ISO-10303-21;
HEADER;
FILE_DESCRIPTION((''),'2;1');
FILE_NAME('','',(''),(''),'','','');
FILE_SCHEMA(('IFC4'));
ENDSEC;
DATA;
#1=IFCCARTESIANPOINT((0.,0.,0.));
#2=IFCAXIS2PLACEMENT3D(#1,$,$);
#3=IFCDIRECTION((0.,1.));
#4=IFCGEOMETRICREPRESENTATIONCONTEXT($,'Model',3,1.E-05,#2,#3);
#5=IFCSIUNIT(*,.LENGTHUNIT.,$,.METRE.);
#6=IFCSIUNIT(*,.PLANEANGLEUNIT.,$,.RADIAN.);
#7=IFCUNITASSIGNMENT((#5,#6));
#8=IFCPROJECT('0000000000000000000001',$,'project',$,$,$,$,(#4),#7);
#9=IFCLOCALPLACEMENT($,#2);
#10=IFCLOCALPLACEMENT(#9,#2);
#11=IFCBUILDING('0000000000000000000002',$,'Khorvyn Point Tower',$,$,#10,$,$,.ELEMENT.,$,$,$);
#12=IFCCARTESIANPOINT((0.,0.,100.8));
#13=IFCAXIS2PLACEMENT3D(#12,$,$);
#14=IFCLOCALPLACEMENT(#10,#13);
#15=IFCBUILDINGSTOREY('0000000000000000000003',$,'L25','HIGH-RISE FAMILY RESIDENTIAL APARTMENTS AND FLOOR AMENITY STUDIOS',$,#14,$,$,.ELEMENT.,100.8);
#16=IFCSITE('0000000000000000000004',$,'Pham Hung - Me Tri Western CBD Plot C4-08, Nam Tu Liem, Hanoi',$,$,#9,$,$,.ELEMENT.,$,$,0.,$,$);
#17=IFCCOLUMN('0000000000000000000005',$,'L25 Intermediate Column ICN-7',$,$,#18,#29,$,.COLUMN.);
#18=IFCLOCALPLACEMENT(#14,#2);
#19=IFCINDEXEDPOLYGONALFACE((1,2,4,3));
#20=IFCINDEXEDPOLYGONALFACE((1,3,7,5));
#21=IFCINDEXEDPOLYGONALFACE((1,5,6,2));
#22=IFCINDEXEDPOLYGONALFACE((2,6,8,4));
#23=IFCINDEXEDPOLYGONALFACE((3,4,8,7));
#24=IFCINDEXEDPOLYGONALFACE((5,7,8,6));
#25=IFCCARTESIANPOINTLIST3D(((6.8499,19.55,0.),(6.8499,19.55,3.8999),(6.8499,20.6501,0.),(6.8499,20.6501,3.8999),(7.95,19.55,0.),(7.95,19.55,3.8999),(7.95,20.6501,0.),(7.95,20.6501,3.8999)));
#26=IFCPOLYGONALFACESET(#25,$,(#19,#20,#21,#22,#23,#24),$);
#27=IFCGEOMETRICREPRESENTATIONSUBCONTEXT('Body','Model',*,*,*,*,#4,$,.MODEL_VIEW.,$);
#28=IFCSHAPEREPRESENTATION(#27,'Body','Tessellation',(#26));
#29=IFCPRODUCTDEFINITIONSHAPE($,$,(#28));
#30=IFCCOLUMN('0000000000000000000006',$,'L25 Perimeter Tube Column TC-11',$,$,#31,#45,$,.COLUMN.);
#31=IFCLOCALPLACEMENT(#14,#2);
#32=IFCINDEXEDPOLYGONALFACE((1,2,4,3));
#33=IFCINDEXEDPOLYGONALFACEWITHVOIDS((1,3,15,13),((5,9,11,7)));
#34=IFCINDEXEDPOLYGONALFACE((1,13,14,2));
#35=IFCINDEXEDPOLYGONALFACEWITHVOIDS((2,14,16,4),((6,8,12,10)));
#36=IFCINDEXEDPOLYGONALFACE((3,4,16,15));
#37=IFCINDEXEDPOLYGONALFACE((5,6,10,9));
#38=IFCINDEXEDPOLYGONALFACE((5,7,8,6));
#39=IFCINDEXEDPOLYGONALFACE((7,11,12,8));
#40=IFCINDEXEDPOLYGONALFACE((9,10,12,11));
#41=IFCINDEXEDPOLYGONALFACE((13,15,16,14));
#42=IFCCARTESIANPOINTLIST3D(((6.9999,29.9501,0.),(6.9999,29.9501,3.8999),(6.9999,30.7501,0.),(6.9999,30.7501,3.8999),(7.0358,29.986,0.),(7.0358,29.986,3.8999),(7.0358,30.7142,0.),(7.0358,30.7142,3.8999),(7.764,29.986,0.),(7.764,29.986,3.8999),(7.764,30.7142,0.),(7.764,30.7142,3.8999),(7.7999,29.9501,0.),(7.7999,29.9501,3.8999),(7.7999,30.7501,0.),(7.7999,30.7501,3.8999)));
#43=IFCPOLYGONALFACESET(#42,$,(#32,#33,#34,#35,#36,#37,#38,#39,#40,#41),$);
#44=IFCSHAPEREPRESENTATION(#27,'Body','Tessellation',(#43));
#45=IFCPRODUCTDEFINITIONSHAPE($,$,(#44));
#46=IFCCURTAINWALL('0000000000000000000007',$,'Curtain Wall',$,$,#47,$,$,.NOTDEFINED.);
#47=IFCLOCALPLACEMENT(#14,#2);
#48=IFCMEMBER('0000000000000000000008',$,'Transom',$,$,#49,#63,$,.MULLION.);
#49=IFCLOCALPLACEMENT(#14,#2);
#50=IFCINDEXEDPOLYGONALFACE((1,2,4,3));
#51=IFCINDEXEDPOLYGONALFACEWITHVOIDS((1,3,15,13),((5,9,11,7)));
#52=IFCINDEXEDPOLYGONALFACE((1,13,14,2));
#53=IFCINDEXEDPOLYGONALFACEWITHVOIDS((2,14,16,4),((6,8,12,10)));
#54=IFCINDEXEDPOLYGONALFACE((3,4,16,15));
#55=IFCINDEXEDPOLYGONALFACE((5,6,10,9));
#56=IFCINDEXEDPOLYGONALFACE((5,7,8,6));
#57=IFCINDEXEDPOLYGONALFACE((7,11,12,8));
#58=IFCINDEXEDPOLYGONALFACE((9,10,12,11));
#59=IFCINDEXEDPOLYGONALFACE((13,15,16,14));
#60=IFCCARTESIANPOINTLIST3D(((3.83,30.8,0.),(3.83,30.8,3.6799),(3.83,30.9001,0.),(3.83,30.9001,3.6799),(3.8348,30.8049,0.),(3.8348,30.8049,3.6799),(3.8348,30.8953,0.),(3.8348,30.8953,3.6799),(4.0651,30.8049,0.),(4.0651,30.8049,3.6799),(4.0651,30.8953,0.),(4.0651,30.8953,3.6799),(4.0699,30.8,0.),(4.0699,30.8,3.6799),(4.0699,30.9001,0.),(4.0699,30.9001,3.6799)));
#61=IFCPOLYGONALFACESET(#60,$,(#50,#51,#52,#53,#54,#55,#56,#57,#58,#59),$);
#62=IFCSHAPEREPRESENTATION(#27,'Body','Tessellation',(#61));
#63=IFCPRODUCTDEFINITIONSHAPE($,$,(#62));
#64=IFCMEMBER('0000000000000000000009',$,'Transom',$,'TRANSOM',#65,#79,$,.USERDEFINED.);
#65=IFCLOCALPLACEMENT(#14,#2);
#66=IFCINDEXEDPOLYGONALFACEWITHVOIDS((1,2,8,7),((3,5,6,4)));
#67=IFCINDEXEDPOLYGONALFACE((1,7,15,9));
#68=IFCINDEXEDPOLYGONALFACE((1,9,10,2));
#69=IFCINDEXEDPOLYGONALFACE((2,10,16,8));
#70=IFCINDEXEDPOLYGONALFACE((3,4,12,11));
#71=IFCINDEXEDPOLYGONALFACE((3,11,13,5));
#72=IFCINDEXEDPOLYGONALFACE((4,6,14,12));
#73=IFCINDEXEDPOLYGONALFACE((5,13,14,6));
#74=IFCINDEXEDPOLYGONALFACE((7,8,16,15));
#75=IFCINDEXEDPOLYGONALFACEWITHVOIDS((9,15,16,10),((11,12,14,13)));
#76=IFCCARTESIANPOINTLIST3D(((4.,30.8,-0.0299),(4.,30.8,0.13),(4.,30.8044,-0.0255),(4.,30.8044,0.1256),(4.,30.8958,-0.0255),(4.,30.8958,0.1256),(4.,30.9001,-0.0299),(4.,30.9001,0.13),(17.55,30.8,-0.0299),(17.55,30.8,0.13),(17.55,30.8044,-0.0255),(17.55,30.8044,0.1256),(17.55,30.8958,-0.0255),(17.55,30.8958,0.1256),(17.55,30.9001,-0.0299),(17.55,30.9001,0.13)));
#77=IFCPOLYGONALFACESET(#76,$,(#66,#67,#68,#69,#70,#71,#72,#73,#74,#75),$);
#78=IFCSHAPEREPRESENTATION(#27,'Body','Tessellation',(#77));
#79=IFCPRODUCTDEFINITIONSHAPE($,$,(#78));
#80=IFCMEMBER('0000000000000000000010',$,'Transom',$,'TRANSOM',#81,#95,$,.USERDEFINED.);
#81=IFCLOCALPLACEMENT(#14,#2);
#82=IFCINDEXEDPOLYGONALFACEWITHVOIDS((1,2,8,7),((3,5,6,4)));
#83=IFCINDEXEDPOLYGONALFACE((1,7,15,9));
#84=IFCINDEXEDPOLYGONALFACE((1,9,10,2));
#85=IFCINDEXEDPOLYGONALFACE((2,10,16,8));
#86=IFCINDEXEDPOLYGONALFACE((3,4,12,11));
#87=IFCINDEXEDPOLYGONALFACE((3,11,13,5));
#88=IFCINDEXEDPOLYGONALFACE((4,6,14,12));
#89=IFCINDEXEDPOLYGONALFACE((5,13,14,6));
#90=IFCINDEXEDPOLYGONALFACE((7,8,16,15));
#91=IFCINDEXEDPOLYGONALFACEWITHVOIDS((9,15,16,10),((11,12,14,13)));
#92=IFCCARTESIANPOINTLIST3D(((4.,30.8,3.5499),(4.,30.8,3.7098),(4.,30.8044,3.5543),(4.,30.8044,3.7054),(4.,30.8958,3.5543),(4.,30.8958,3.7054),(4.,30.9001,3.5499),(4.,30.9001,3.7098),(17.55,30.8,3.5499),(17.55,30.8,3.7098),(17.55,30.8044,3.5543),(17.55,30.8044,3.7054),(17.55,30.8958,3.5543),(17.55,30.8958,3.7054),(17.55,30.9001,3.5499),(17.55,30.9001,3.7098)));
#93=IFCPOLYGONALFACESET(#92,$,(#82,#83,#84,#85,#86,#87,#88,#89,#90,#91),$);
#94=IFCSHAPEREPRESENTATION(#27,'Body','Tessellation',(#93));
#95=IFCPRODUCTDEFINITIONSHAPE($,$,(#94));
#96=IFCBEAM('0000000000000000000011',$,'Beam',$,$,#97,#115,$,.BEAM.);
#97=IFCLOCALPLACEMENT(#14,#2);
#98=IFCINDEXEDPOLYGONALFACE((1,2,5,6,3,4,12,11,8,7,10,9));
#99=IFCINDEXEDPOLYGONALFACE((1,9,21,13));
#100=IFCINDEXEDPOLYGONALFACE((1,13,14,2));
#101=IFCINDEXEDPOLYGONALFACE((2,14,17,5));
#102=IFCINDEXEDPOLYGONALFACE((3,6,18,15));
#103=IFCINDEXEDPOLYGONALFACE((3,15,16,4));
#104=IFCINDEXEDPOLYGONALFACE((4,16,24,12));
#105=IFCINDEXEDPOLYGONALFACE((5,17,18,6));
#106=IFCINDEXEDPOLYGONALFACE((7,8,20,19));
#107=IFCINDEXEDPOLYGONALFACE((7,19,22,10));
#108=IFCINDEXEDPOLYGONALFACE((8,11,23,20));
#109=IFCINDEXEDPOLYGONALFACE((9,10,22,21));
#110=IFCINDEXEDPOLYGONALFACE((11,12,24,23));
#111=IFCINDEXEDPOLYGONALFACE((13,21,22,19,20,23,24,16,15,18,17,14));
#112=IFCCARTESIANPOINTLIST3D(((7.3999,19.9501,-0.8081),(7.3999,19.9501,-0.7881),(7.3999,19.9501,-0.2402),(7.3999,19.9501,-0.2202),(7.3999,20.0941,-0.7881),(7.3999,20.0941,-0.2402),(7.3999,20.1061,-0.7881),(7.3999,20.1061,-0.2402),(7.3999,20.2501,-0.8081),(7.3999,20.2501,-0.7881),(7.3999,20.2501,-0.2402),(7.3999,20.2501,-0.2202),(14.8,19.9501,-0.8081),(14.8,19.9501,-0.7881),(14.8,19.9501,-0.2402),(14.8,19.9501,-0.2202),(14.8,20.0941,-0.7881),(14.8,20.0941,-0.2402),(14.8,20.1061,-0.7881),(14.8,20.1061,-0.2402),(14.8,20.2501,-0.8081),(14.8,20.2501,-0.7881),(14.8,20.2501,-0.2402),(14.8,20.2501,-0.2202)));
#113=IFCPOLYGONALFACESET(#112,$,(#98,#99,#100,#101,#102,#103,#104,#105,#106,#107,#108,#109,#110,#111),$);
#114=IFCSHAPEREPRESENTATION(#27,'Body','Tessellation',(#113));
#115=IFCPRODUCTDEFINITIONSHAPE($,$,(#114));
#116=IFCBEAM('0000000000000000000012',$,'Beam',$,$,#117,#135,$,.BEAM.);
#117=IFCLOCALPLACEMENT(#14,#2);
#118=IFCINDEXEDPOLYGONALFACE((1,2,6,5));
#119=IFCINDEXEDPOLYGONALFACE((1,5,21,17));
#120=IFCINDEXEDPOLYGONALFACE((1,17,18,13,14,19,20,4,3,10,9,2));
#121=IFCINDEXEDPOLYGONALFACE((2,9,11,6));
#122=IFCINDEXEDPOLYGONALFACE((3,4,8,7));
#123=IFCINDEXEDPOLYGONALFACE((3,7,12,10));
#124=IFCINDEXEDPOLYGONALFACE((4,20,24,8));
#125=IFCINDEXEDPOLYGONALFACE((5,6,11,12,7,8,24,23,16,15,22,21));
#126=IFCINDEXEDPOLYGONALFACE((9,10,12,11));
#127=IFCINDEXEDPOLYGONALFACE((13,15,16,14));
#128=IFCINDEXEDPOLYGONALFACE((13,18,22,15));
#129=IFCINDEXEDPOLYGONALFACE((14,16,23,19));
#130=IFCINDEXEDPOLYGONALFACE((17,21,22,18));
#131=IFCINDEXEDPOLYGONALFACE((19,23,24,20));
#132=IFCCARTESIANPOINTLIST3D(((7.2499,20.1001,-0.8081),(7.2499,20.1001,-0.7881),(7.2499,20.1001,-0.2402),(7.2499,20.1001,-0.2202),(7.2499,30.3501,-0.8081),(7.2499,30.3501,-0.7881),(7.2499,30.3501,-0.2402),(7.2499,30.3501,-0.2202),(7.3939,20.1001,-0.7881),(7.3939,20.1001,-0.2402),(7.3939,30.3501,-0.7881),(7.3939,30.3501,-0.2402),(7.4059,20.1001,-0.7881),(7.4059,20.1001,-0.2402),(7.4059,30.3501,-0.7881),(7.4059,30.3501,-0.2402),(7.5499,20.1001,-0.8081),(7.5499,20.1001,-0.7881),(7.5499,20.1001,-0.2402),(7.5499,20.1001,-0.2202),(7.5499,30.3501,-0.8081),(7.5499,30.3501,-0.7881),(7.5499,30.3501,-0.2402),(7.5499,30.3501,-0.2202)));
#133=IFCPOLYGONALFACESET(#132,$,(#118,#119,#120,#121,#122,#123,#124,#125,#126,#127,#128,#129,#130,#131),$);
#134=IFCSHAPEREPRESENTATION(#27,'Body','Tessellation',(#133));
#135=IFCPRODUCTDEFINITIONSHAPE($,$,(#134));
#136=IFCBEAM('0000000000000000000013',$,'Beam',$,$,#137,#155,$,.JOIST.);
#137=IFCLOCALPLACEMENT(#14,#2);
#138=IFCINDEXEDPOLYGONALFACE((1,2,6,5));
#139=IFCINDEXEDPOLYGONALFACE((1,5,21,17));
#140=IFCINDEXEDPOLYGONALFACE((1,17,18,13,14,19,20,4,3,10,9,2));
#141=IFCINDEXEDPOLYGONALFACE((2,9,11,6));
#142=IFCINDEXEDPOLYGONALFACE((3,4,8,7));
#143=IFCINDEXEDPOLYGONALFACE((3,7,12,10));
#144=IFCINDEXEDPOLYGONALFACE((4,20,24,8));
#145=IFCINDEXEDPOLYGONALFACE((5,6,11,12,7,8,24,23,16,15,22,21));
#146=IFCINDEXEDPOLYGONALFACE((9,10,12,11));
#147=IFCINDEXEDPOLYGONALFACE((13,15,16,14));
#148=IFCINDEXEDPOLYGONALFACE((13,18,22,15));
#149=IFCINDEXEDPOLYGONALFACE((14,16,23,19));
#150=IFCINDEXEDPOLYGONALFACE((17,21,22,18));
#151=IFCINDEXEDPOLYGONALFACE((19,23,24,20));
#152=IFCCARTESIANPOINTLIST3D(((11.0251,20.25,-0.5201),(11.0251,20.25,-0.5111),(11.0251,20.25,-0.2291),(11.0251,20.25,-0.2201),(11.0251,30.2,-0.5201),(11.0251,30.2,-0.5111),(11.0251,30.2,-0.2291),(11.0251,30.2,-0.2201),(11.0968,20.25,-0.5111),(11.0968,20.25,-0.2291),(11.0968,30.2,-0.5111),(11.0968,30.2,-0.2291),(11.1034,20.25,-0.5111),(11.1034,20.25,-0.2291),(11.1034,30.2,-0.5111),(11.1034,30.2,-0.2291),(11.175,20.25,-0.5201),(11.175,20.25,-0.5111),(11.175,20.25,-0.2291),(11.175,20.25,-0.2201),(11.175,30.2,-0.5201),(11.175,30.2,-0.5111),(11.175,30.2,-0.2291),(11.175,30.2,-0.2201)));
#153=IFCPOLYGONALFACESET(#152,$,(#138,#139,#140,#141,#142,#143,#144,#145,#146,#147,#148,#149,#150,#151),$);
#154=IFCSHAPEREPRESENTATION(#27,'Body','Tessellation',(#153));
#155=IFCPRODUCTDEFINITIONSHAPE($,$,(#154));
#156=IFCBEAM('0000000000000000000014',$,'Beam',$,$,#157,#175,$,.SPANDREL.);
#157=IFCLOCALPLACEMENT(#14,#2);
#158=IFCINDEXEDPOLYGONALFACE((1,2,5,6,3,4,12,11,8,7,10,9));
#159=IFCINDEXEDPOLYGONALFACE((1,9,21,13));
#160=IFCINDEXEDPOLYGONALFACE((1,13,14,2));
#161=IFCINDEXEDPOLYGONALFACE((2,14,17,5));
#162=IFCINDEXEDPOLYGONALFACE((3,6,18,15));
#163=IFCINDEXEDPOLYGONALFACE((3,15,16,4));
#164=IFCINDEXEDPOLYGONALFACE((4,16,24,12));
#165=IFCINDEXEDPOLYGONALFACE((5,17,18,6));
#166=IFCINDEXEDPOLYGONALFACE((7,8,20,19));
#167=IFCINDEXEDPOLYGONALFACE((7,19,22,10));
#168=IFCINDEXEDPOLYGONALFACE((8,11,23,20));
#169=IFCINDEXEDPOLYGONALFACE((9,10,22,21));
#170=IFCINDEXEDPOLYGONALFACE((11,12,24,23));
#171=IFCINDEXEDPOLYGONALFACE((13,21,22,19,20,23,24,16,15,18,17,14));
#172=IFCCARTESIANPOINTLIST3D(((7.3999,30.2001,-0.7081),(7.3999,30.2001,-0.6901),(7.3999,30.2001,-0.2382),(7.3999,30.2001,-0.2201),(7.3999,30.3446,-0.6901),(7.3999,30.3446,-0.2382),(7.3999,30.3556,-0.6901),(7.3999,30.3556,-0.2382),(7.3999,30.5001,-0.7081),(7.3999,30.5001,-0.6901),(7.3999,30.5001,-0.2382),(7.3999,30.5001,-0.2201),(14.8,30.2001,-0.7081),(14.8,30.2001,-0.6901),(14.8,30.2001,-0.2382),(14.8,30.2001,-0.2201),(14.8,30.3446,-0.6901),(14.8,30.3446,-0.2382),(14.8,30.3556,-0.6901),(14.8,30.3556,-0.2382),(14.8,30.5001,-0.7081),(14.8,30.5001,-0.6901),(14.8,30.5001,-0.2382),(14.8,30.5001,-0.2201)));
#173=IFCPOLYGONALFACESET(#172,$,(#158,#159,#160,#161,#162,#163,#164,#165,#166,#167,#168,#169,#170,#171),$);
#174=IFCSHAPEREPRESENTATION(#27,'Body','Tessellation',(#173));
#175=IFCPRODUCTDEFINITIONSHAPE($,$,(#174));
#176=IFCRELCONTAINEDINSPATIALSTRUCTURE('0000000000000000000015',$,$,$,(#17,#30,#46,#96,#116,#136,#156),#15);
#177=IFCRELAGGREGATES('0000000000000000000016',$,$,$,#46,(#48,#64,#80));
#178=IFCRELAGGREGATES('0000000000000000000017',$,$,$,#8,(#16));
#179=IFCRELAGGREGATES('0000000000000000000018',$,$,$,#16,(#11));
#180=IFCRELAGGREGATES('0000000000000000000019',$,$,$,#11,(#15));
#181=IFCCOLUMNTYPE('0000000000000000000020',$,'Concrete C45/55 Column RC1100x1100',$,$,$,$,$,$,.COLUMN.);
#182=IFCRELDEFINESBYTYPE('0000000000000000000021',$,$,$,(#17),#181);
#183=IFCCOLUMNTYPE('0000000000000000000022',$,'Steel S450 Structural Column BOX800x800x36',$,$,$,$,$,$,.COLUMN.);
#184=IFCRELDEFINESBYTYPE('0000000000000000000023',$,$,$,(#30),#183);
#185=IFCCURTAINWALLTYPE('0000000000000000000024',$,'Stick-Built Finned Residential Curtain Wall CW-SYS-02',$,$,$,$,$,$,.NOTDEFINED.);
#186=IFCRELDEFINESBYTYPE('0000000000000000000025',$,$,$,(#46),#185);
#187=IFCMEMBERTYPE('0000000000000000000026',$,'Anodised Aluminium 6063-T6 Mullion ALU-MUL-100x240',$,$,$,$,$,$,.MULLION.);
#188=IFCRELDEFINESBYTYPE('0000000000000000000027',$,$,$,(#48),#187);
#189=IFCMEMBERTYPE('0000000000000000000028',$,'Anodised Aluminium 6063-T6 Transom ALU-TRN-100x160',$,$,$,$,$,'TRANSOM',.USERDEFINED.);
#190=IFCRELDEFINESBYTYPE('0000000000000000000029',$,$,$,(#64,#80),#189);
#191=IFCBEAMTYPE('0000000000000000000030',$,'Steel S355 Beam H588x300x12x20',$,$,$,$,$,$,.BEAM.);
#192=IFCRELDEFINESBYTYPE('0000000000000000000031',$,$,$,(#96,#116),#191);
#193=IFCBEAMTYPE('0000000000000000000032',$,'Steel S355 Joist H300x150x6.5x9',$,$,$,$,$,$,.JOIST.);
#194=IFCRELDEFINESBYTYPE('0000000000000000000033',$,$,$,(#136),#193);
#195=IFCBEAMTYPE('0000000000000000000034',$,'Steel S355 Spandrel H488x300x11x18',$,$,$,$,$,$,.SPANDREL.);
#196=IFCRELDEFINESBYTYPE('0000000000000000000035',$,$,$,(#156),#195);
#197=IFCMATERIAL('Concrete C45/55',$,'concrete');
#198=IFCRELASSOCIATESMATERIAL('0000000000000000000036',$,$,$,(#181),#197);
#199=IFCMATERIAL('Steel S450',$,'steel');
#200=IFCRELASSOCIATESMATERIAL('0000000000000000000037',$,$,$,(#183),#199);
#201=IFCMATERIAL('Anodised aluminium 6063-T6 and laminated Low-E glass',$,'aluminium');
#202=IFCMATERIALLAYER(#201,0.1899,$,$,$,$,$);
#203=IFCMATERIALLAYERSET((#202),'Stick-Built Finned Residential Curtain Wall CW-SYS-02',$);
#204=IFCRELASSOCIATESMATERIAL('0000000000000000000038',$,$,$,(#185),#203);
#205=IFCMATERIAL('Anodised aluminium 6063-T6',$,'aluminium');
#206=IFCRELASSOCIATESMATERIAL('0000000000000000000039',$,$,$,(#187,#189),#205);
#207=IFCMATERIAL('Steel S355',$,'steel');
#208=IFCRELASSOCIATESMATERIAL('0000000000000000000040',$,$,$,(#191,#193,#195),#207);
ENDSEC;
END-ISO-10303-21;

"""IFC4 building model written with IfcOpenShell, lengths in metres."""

from ifc_helpers import new_model, si_unit, direction, frame, origin, origin_2d, place, context, subcontext, project, spatial, rectangle, hollow_rectangle, i_section, extrude, material, layer, layer_set, material_profile, profile_set, type_object, element, aggregate, save


model = new_model("IFC4")

# Units and contexts
model_context = context("Model", 3, precision=1e-05, world=origin(), true_north=direction((0.0, 1.0)))
body_context = subcontext(model_context, "Body", "Model", "MODEL_VIEW")
ifc_project = project(units=[si_unit("LENGTHUNIT", "METRE"), si_unit("PLANEANGLEUNIT", "RADIAN")], contexts=[model_context])

# Site, building, storey
site_placement = place(None, origin())
site = spatial("IfcSite", under=ifc_project, at=site_placement, Name="Pham Hung - Me Tri Western CBD Plot C4-08, Nam Tu Liem, Hanoi", CompositionType="ELEMENT", RefElevation=0.0)
building_placement = place(site_placement, origin())
building = spatial("IfcBuilding", under=site, at=building_placement, Name="Khorvyn Point Tower", CompositionType="ELEMENT")
storey_placement = place(building_placement, frame((0.0, 0.0, 100.8)))
storey = spatial("IfcBuildingStorey", under=building, at=storey_placement, Name="L25", Description="HIGH-RISE FAMILY RESIDENTIAL APARTMENTS AND FLOOR AMENITY STUDIOS", CompositionType="ELEMENT", Elevation=100.8)

# Columns
ifc_material_1 = material(Name="Concrete C45/55", Category="concrete")
ifc_material_profile_1 = material_profile(ifc_material_1, rectangle(XDim=1.1001, YDim=1.1001, at=origin_2d()))
ifc_profile_set_1 = profile_set([ifc_material_profile_1], Name="Concrete C45/55 RC1100x1100")
column_type_1 = type_object("IfcColumnType", Name="Concrete C45/55 Column RC1100x1100", PredefinedType="COLUMN", material=ifc_profile_set_1)
column_1_placement = place(storey_placement, frame((7.3999, 20.1001, 0.0), z_axis=(0.0, 0.0, 1.0), x_axis=(1.0, 0.0, 0.0)))
element("IfcColumn", 1, at=column_1_placement, inside=storey, type_object=column_type_1, Name="L25 Intermediate Column ICN-7", PredefinedType="COLUMN", context=body_context, shape_type="SweptSolid", body=[
    extrude(rectangle(XDim=1.1001, YDim=1.1001, at=origin_2d()), origin(), (0.0, 0.0, 1.0), 3.8999),
])
ifc_material_2 = material(Name="Steel S450", Category="steel")
ifc_material_profile_2 = material_profile(ifc_material_2, hollow_rectangle(XDim=0.8, YDim=0.8, WallThickness=0.0359, at=origin_2d()))
ifc_profile_set_2 = profile_set([ifc_material_profile_2], Name="Steel S450 BOX800x800x36")
column_type_2 = type_object("IfcColumnType", Name="Steel S450 Structural Column BOX800x800x36", PredefinedType="COLUMN", material=ifc_profile_set_2)
column_2_placement = place(storey_placement, frame((7.3999, 30.3501, 0.0), z_axis=(0.0, 0.0, 1.0), x_axis=(1.0, 0.0, 0.0)))
element("IfcColumn", 2, at=column_2_placement, inside=storey, type_object=column_type_2, Name="L25 Perimeter Tube Column TC-11", PredefinedType="COLUMN", context=body_context, shape_type="SweptSolid", body=[
    extrude(hollow_rectangle(XDim=0.8, YDim=0.8, WallThickness=0.0359, at=origin_2d()), origin(), (0.0, 0.0, 1.0), 3.8999),
])

# Curtain wall, members
ifc_material_3 = material(Name="Anodised aluminium 6063-T6 and laminated Low-E glass", Category="aluminium")
ifc_layer_1 = layer(ifc_material_3, 0.1899)
ifc_layer_set_1 = layer_set([ifc_layer_1], Name="Stick-Built Finned Residential Curtain Wall CW-SYS-02")
curtain_wall_type = type_object("IfcCurtainWallType", Name="Stick-Built Finned Residential Curtain Wall CW-SYS-02", PredefinedType="NOTDEFINED", material=ifc_layer_set_1)
curtain_wall_placement = place(storey_placement, origin())
curtain_wall = element("IfcCurtainWall", 3, at=curtain_wall_placement, inside=storey, type_object=curtain_wall_type, Name="Curtain Wall", PredefinedType="NOTDEFINED")
ifc_material_4 = material(Name="Anodised aluminium 6063-T6", Category="aluminium")
ifc_material_profile_3 = material_profile(ifc_material_4, hollow_rectangle(XDim=0.1001, YDim=0.24, WallThickness=0.0049, at=origin_2d()))
ifc_profile_set_3 = profile_set([ifc_material_profile_3], Name="Anodised aluminium 6063-T6 ALU-MUL-100x240")
member_type_1 = type_object("IfcMemberType", Name="Anodised Aluminium 6063-T6 Mullion ALU-MUL-100x240", PredefinedType="MULLION", material=ifc_profile_set_3)
member_1_placement = place(storey_placement, frame((3.95, 30.8501, 0.0), z_axis=(0.0, 0.0, 1.0), x_axis=(0.0, 1.0, 0.0)))
member_1 = element("IfcMember", 4, at=member_1_placement, type_object=member_type_1, Name="Transom", PredefinedType="MULLION", context=body_context, shape_type="SweptSolid", body=[
    extrude(hollow_rectangle(XDim=0.1001, YDim=0.24, WallThickness=0.0049, at=origin_2d()), origin(), (0.0, 0.0, 1.0), 3.6799),
])
ifc_material_profile_4 = material_profile(ifc_material_4, hollow_rectangle(XDim=0.1001, YDim=0.1599, WallThickness=0.0044, at=origin_2d()))
ifc_profile_set_4 = profile_set([ifc_material_profile_4], Name="Anodised aluminium 6063-T6 ALU-TRN-100x160")
member_type_2 = type_object("IfcMemberType", Name="Anodised Aluminium 6063-T6 Transom ALU-TRN-100x160", ElementType="TRANSOM", PredefinedType="USERDEFINED", material=ifc_profile_set_4)
member_2_placement = place(storey_placement, frame((4.0, 30.8501, 0.05), z_axis=(1.0, 0.0, 0.0), x_axis=(0.0, 1.0, 0.0)))
member_2 = element("IfcMember", 5, at=member_2_placement, type_object=member_type_2, Name="Transom", ObjectType="TRANSOM", PredefinedType="USERDEFINED", context=body_context, shape_type="SweptSolid", body=[
    extrude(hollow_rectangle(XDim=0.1001, YDim=0.1599, WallThickness=0.0044, at=origin_2d()), origin(), (0.0, 0.0, 1.0), 13.55),
])
member_3_placement = place(storey_placement, frame((4.0, 30.8501, 3.6299), z_axis=(1.0, 0.0, 0.0), x_axis=(0.0, 1.0, 0.0)))
member_3 = element("IfcMember", 6, at=member_3_placement, type_object=member_type_2, Name="Transom", ObjectType="TRANSOM", PredefinedType="USERDEFINED", context=body_context, shape_type="SweptSolid", body=[
    extrude(hollow_rectangle(XDim=0.1001, YDim=0.1599, WallThickness=0.0044, at=origin_2d()), origin(), (0.0, 0.0, 1.0), 13.55),
])

# Beams
ifc_material_5 = material(Name="Steel S355", Category="steel")
ifc_material_profile_5 = material_profile(ifc_material_5, i_section(OverallWidth=0.3, OverallDepth=0.5879, WebThickness=0.012, FlangeThickness=0.02, at=origin_2d()))
ifc_profile_set_5 = profile_set([ifc_material_profile_5], Name="Steel S355 H588x300x12x20")
beam_type_1 = type_object("IfcBeamType", Name="Steel S355 Beam H588x300x12x20", PredefinedType="BEAM", material=ifc_profile_set_5)
beam_1_placement = place(storey_placement, frame((7.3999, 20.1001, -0.5142), z_axis=(1.0, 0.0, 0.0), x_axis=(0.0, 1.0, 0.0)))
element("IfcBeam", 7, at=beam_1_placement, inside=storey, type_object=beam_type_1, Name="Beam", PredefinedType="BEAM", context=body_context, shape_type="SweptSolid", body=[
    extrude(i_section(OverallWidth=0.3, OverallDepth=0.5879, WebThickness=0.012, FlangeThickness=0.02, at=origin_2d()), origin(), (0.0, 0.0, 1.0), 7.4001),
])
beam_2_placement = place(storey_placement, frame((7.3999, 20.1001, -0.5142), z_axis=(0.0, 1.0, 0.0), x_axis=(-1.0, 0.0, 0.0)))
element("IfcBeam", 8, at=beam_2_placement, inside=storey, type_object=beam_type_1, Name="Beam", PredefinedType="BEAM", context=body_context, shape_type="SweptSolid", body=[
    extrude(i_section(OverallWidth=0.3, OverallDepth=0.5879, WebThickness=0.012, FlangeThickness=0.02, at=origin_2d()), origin(), (0.0, 0.0, 1.0), 10.25),
])
ifc_material_profile_6 = material_profile(ifc_material_5, i_section(OverallWidth=0.1499, OverallDepth=0.3, WebThickness=0.0066, FlangeThickness=0.009, at=origin_2d()))
ifc_profile_set_6 = profile_set([ifc_material_profile_6], Name="Steel S355 H300x150x6.5x9")
beam_type_2 = type_object("IfcBeamType", Name="Steel S355 Joist H300x150x6.5x9", PredefinedType="JOIST", material=ifc_profile_set_6)
beam_3_placement = place(storey_placement, frame((11.1001, 20.25, -0.3701), z_axis=(0.0, 1.0, 0.0), x_axis=(-1.0, 0.0, 0.0)))
element("IfcBeam", 9, at=beam_3_placement, inside=storey, type_object=beam_type_2, Name="Beam", PredefinedType="JOIST", context=body_context, shape_type="SweptSolid", body=[
    extrude(i_section(OverallWidth=0.1499, OverallDepth=0.3, WebThickness=0.0066, FlangeThickness=0.009, at=origin_2d()), origin(), (0.0, 0.0, 1.0), 9.95),
])
ifc_material_profile_7 = material_profile(ifc_material_5, i_section(OverallWidth=0.3, OverallDepth=0.488, WebThickness=0.011, FlangeThickness=0.0181, at=origin_2d()))
ifc_profile_set_7 = profile_set([ifc_material_profile_7], Name="Steel S355 H488x300x11x18")
beam_type_3 = type_object("IfcBeamType", Name="Steel S355 Spandrel H488x300x11x18", PredefinedType="SPANDREL", material=ifc_profile_set_7)
beam_4_placement = place(storey_placement, frame((7.3999, 30.3501, -0.4641), z_axis=(1.0, 0.0, 0.0), x_axis=(0.0, 1.0, 0.0)))
element("IfcBeam", 10, at=beam_4_placement, inside=storey, type_object=beam_type_3, Name="Beam", PredefinedType="SPANDREL", context=body_context, shape_type="SweptSolid", body=[
    extrude(i_section(OverallWidth=0.3, OverallDepth=0.488, WebThickness=0.011, FlangeThickness=0.0181, at=origin_2d()), origin(), (0.0, 0.0, 1.0), 7.4001),
])

aggregate(curtain_wall, [member_1, member_2, member_3])

save(model, "model.ifc")
